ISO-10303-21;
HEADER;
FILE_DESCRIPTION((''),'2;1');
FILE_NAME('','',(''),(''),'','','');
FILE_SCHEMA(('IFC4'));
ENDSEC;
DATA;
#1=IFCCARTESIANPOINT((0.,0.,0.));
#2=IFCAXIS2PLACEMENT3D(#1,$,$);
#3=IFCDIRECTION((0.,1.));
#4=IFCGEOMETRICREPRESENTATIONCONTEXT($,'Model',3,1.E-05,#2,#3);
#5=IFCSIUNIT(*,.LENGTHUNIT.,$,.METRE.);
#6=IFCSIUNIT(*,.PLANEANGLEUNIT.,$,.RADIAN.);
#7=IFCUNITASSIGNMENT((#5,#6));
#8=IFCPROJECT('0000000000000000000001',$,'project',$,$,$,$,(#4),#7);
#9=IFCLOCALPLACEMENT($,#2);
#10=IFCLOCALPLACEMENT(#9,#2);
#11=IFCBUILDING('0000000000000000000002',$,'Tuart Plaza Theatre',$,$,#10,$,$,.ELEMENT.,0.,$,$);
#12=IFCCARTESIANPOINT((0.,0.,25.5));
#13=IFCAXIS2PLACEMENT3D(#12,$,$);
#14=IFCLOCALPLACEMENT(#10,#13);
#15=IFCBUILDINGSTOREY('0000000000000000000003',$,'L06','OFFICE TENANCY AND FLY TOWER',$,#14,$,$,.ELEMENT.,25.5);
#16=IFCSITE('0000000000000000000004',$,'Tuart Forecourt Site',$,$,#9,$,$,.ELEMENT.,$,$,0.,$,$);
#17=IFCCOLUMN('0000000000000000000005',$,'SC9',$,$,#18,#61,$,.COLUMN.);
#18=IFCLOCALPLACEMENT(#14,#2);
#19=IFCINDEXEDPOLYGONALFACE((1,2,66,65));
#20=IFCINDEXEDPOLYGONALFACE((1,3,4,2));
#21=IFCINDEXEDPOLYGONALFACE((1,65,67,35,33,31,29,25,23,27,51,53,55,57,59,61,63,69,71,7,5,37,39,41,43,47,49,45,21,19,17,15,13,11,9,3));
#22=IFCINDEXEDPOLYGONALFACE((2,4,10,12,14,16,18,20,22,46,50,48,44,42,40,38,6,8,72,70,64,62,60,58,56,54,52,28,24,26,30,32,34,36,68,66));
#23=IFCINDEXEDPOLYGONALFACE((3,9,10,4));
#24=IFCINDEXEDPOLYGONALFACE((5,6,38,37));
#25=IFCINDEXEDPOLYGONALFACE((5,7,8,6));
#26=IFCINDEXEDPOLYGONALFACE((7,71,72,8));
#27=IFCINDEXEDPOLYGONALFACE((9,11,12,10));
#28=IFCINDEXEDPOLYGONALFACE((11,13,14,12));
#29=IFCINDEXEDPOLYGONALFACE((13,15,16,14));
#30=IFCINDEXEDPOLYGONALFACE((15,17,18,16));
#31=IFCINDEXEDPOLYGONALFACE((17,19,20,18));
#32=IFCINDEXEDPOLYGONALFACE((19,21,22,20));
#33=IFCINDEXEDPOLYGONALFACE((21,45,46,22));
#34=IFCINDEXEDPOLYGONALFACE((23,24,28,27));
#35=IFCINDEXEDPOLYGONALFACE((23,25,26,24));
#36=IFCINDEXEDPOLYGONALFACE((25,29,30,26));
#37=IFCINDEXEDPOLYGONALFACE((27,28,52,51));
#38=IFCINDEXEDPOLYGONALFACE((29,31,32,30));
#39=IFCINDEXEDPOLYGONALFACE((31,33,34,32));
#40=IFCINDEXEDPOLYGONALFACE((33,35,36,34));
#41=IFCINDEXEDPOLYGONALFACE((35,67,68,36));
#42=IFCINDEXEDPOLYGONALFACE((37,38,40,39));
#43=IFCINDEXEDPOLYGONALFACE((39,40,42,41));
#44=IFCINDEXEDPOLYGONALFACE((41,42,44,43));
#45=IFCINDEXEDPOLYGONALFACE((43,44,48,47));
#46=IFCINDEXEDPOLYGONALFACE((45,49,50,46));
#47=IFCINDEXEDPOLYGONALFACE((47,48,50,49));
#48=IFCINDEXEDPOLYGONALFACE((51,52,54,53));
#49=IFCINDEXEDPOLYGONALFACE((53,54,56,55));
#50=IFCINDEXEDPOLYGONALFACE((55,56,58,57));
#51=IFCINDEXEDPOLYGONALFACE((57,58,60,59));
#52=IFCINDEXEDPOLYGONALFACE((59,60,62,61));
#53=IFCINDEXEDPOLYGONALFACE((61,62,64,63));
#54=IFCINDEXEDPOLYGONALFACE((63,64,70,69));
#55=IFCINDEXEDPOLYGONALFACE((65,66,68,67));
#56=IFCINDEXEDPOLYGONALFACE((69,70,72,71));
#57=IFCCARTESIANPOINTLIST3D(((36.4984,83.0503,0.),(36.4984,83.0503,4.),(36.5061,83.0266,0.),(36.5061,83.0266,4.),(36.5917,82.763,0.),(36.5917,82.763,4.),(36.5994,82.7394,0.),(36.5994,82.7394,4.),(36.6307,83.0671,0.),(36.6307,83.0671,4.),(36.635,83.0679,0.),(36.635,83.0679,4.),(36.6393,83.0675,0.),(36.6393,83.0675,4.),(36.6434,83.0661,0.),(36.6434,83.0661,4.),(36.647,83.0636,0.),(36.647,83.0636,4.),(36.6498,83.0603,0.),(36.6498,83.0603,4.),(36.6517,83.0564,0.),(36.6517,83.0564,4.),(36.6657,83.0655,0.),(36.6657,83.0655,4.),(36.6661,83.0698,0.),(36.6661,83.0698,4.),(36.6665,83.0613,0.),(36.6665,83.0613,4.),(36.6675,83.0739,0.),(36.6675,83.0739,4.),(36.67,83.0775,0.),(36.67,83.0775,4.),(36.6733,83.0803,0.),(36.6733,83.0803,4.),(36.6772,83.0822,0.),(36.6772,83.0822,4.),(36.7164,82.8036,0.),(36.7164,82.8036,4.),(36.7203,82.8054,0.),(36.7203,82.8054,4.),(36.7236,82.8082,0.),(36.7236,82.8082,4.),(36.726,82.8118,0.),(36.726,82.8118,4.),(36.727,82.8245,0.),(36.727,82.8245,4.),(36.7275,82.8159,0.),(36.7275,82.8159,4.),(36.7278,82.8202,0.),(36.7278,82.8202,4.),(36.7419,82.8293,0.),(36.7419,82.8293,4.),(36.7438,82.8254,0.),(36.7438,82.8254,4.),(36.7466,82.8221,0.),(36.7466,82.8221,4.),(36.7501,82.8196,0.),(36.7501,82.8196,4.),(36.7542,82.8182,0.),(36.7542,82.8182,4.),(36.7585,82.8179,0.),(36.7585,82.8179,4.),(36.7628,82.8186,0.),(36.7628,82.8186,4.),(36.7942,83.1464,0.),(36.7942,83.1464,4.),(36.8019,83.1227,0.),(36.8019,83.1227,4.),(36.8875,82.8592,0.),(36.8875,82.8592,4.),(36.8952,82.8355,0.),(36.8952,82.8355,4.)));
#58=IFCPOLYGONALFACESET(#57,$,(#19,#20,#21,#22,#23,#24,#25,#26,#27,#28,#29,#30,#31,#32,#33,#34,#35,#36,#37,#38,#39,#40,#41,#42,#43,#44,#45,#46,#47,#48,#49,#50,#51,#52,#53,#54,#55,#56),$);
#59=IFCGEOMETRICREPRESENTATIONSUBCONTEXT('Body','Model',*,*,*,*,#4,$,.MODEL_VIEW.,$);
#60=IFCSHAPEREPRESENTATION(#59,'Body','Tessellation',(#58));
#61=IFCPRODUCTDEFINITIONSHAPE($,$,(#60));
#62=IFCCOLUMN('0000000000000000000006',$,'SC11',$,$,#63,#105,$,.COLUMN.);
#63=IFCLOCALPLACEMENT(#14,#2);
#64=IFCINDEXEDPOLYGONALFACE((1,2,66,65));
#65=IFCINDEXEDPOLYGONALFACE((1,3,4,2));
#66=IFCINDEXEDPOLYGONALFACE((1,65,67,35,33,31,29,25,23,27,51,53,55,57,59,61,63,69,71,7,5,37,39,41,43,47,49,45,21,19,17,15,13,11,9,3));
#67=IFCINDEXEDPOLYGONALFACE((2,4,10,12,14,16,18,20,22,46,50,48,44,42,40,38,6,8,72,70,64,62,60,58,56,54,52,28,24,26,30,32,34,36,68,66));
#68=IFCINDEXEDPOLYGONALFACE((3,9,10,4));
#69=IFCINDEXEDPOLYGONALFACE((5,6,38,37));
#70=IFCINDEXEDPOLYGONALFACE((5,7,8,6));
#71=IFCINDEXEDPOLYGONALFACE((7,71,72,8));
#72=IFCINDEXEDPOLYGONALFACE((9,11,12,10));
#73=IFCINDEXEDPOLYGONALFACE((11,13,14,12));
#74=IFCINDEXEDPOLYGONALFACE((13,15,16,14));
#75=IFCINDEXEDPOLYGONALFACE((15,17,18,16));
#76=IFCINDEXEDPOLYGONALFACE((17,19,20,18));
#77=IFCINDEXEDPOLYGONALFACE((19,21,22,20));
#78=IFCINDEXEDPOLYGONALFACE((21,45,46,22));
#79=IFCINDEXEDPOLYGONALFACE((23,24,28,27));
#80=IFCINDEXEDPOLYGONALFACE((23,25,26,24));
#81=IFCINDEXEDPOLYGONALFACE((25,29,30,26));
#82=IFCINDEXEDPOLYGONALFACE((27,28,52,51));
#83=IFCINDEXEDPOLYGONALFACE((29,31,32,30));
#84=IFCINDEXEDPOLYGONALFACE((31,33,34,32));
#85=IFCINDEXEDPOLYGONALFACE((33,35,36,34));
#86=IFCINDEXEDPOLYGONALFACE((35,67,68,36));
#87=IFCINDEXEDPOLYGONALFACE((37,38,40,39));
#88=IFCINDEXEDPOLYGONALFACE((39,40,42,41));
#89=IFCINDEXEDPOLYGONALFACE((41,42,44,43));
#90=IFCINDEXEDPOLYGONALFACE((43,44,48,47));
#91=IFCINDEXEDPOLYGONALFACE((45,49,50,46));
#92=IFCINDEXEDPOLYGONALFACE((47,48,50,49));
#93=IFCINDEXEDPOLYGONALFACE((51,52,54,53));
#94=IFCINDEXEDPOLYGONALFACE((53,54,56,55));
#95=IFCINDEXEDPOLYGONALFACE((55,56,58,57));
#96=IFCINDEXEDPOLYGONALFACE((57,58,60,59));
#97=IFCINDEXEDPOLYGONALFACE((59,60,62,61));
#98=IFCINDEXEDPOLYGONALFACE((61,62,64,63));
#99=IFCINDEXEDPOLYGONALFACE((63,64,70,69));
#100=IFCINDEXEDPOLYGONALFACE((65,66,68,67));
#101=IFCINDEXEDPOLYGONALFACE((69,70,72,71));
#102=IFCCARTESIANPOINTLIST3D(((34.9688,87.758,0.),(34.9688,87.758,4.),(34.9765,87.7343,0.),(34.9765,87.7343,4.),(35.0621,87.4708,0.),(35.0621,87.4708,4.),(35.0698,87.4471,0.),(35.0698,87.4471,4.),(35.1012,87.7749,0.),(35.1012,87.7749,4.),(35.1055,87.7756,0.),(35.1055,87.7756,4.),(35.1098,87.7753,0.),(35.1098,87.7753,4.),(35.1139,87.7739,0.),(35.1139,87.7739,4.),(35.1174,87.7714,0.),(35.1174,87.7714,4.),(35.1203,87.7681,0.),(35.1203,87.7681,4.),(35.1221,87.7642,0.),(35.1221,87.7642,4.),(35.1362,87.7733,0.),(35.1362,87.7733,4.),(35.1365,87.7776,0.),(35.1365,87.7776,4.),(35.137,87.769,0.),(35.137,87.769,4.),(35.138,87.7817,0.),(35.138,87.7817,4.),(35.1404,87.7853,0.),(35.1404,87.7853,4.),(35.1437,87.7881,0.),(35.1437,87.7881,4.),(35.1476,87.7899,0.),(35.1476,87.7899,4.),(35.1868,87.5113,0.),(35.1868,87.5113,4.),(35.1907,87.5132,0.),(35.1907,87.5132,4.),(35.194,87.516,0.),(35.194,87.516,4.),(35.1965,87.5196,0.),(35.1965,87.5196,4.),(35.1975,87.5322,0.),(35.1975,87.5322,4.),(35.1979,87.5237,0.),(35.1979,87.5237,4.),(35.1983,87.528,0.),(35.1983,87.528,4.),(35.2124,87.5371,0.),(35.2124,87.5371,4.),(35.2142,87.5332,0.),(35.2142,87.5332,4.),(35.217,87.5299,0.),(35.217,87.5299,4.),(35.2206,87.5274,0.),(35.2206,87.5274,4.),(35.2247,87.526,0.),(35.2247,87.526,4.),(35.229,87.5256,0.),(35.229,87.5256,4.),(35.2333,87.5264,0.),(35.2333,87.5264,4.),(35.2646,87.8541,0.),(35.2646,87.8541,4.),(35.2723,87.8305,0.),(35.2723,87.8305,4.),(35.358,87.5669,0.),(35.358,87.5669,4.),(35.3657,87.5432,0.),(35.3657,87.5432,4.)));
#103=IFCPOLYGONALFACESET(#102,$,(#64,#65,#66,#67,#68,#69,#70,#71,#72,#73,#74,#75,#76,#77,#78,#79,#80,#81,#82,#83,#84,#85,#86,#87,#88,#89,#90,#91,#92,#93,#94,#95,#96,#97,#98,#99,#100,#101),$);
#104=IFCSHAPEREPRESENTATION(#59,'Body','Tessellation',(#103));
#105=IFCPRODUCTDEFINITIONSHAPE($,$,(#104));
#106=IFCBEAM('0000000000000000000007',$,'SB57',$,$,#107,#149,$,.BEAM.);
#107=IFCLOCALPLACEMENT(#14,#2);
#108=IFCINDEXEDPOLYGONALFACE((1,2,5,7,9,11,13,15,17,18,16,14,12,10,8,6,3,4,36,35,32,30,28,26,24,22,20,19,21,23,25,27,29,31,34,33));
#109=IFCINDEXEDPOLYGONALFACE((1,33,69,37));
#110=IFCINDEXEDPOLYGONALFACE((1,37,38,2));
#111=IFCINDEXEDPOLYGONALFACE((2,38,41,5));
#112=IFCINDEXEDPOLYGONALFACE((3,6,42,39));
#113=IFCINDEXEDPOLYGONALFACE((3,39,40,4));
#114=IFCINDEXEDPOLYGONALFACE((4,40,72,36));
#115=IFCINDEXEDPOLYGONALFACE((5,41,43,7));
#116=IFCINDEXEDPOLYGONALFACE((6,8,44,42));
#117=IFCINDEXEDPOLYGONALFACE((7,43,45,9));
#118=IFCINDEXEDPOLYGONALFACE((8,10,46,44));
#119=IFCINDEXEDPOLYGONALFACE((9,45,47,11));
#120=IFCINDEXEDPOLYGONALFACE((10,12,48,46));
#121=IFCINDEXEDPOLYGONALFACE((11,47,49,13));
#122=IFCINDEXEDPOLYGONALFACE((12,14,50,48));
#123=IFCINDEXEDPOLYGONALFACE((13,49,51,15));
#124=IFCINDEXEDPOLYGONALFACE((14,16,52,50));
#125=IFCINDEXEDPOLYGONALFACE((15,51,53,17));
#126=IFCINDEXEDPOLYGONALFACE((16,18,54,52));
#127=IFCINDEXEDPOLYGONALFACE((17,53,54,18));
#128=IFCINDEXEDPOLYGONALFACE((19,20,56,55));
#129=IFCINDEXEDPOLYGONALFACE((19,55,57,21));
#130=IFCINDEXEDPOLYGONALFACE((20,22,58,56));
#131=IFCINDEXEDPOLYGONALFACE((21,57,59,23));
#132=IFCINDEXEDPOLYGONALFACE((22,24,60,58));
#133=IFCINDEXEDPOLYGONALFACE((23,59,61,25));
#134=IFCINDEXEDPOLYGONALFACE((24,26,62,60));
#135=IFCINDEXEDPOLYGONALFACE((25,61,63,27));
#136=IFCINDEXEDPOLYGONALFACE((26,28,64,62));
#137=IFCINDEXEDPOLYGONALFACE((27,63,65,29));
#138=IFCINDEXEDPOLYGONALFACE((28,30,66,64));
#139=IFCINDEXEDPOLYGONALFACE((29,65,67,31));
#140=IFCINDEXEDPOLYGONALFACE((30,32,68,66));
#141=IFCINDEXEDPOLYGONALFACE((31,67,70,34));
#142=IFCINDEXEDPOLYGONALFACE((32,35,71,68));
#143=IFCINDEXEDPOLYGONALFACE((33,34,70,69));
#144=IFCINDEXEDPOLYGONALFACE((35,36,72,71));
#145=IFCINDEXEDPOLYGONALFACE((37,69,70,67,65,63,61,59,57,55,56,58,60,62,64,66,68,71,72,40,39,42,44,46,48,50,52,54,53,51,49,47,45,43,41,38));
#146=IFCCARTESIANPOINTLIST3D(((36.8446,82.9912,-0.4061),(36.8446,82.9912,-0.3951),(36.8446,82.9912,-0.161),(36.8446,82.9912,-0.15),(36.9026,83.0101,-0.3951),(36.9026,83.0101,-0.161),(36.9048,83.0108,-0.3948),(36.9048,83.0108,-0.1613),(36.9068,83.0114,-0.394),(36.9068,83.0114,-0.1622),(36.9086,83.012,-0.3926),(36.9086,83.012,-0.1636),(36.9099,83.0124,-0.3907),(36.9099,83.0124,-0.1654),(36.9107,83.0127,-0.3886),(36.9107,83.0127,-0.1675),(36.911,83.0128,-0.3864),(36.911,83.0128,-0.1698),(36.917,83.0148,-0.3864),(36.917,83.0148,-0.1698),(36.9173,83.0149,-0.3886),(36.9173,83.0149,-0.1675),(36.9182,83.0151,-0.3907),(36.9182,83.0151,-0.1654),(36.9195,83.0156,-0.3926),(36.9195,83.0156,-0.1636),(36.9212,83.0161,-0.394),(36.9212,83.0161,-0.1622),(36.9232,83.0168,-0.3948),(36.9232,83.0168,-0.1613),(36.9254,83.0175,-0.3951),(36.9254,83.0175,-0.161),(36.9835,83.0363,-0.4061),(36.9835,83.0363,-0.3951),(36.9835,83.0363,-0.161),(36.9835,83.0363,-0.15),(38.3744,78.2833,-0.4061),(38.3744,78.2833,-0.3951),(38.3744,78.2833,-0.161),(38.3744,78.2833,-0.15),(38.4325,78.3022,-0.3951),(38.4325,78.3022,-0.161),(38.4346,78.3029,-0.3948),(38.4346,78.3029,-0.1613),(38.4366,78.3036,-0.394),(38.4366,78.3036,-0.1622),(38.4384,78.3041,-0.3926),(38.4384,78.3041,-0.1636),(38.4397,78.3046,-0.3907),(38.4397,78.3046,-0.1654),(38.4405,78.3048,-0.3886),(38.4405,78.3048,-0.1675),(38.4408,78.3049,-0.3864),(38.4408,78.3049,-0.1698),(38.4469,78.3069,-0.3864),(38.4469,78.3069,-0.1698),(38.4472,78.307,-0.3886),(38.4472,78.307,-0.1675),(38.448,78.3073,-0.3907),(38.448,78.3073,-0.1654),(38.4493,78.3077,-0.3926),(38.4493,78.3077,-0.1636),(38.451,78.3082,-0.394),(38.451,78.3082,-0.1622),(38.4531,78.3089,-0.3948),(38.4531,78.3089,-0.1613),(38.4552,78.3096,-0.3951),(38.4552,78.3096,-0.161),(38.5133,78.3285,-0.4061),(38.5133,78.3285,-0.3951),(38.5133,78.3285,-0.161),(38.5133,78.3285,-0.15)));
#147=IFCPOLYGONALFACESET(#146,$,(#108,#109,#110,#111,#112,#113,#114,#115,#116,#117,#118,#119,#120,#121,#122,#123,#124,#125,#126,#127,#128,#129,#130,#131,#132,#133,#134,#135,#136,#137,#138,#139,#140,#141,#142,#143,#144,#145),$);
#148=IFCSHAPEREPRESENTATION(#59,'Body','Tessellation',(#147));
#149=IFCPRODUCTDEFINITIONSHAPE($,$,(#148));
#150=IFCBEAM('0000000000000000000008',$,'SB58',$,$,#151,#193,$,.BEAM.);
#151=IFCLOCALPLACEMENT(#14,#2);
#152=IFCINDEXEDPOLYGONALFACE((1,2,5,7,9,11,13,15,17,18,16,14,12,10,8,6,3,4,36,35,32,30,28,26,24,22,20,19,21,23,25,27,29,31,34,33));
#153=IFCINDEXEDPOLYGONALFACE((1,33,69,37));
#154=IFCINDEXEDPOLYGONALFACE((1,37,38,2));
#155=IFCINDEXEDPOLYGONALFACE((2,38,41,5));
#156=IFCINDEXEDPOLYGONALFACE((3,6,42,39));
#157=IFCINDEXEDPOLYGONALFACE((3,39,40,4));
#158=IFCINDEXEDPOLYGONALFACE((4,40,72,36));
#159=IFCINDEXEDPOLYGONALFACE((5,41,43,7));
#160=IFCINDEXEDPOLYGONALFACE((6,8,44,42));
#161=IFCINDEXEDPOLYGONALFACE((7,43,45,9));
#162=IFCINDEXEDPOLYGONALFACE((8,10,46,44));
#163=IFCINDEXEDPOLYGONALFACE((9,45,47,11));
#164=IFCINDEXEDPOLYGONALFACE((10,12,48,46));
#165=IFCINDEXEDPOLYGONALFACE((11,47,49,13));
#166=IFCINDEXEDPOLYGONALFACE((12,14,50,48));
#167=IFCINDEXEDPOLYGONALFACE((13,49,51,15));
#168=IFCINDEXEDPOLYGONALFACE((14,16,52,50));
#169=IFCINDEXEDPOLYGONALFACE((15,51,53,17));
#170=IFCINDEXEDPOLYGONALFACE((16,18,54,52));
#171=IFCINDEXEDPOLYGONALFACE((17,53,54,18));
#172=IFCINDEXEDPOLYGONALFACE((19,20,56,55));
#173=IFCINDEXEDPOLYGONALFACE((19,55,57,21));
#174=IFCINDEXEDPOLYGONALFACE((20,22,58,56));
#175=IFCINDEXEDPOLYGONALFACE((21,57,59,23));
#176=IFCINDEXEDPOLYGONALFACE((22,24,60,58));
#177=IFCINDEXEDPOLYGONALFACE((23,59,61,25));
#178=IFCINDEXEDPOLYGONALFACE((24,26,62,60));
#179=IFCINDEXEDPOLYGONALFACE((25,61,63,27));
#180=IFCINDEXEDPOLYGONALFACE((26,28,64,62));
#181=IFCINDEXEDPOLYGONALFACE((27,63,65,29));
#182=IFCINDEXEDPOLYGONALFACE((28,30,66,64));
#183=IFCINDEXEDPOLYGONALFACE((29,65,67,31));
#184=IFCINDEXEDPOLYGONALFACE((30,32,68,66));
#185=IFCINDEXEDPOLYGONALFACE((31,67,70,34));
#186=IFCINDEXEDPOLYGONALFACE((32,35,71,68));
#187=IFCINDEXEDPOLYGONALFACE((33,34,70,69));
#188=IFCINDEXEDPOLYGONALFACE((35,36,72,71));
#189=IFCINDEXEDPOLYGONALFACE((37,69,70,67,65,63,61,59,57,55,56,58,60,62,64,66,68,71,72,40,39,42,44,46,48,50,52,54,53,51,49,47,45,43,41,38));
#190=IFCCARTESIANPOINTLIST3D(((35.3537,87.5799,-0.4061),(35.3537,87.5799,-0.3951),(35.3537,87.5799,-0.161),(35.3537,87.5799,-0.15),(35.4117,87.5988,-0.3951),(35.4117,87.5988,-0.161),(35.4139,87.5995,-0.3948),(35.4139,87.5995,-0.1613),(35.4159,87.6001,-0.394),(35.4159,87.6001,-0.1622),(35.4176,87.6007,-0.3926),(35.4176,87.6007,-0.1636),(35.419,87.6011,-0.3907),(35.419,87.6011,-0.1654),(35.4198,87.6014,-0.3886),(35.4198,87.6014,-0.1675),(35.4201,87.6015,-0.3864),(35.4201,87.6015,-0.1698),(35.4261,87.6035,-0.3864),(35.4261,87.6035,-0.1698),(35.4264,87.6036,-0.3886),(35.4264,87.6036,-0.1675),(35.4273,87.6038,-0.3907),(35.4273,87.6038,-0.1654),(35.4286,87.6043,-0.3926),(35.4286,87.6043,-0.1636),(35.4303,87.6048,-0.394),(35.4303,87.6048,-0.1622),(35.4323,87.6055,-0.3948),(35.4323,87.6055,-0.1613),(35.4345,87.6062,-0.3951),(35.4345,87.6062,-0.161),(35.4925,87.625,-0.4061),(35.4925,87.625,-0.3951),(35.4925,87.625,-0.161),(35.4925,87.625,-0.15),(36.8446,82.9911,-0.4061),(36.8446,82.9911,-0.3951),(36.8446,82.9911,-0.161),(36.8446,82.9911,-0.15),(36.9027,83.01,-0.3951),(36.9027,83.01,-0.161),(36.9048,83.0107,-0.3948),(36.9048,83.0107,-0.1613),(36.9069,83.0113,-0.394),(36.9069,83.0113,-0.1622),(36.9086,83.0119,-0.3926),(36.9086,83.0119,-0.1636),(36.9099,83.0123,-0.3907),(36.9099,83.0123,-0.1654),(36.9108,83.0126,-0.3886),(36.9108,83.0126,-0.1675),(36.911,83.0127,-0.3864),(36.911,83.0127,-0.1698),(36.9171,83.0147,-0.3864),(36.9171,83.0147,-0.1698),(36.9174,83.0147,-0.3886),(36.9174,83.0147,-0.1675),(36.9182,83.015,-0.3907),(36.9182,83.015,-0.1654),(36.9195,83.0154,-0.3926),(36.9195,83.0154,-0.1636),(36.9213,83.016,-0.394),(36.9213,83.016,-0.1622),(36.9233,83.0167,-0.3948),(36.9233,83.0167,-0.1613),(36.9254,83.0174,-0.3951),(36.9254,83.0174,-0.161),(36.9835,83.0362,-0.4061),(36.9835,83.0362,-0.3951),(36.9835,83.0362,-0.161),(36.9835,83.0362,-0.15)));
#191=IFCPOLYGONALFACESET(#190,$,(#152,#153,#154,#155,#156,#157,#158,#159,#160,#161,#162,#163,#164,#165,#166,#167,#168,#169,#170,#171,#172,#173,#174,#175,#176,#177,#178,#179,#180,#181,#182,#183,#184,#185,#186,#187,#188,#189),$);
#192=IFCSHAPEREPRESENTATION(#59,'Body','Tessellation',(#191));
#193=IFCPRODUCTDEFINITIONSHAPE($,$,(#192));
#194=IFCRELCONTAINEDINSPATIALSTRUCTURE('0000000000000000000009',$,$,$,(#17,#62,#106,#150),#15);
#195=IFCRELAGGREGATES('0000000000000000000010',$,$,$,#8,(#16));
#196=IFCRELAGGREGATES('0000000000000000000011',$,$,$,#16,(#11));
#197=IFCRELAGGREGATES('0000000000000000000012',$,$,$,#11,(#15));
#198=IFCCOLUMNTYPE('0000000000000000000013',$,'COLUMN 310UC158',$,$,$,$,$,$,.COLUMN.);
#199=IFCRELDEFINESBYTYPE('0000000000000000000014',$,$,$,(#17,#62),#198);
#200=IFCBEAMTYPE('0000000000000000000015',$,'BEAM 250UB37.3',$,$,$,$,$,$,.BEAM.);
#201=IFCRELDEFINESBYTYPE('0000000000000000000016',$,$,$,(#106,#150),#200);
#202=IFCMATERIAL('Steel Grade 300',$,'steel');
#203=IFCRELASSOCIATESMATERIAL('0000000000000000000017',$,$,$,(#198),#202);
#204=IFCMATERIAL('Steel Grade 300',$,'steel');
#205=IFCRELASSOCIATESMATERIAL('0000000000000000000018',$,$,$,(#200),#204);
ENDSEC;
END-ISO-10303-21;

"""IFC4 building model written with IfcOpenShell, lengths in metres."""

from ifc_helpers import new_model, si_unit, direction, frame, origin, origin_2d, place, context, subcontext, project, spatial, i_section, extrude, material, material_profile, profile_set, type_object, element, save


model = new_model("IFC4")

# Units and contexts
model_context = context("Model", 3, precision=1e-05, world=origin(), true_north=direction((0.0, 1.0)))
body_context = subcontext(model_context, "Body", "Model", "MODEL_VIEW")
ifc_project = project(units=[si_unit("LENGTHUNIT", "METRE"), si_unit("PLANEANGLEUNIT", "RADIAN")], contexts=[model_context])

# Site, building, storey
site_placement = place(None, origin())
site = spatial("IfcSite", under=ifc_project, at=site_placement, Name="Tuart Forecourt Site", CompositionType="ELEMENT", RefElevation=0.0)
building_placement = place(site_placement, origin())
building = spatial("IfcBuilding", under=site, at=building_placement, Name="Tuart Plaza Theatre", CompositionType="ELEMENT", ElevationOfRefHeight=0.0)
storey_placement = place(building_placement, frame((0.0, 0.0, 25.5)))
storey = spatial("IfcBuildingStorey", under=building, at=storey_placement, Name="L06", Description="OFFICE TENANCY AND FLY TOWER", CompositionType="ELEMENT", Elevation=25.5)

# Columns
ifc_material_1 = material(Name="Steel Grade 300", Category="steel")
ifc_material_profile_1 = material_profile(ifc_material_1, i_section(OverallWidth=0.311, OverallDepth=0.3269, WebThickness=0.0156, FlangeThickness=0.0249, FilletRadius=0.0166, at=origin_2d()), Name="310UC158")
ifc_profile_set_1 = profile_set([ifc_material_profile_1], Name="Steel Grade 300")
column_type = type_object("IfcColumnType", Name="COLUMN 310UC158", PredefinedType="COLUMN", material=ifc_profile_set_1)
for number, where, z_axis, x_axis, name in (
    (1, (36.6968, 82.9429, 0.0), (0.0, 0.0, 1.0), (0.951057, 0.309017, 0.0), "SC9"),
    (2, (35.1672, 87.6506, 0.0), (0.0, 0.0, 1.0), (0.951057, 0.309017, 0.0), "SC11"),
):
    element("IfcColumn", number, at=place(storey_placement, frame(where, z_axis=z_axis, x_axis=x_axis)), inside=storey, type_object=column_type, Name=name, PredefinedType="COLUMN", context=body_context, shape_type="SweptSolid", body=[
        extrude(i_section(OverallWidth=0.311, OverallDepth=0.3269, WebThickness=0.0156, FlangeThickness=0.0249, FilletRadius=0.0166, at=origin_2d()), origin(), (0.0, 0.0, 1.0), 4.0),
    ])

# Beams
ifc_material_2 = material(Name="Steel Grade 300", Category="steel")
ifc_material_profile_2 = material_profile(ifc_material_2, i_section(OverallWidth=0.146, OverallDepth=0.2561, WebThickness=0.0063, FlangeThickness=0.011, FilletRadius=0.0088, at=origin_2d()), Name="250UB37.3")
ifc_profile_set_2 = profile_set([ifc_material_profile_2], Name="Steel Grade 300")
beam_type = type_object("IfcBeamType", Name="BEAM 250UB37.3", PredefinedType="BEAM", material=ifc_profile_set_2)
beam_1_placement = place(storey_placement, frame((38.4438, 78.3059, -0.2781), z_axis=(-0.309043, 0.951048, 0.0), x_axis=(-0.951048, -0.309043, 0.0)))
element("IfcBeam", 3, at=beam_1_placement, inside=storey, type_object=beam_type, Name="SB57", PredefinedType="BEAM", context=body_context, shape_type="SweptSolid", body=[
    extrude(i_section(OverallWidth=0.146, OverallDepth=0.2561, WebThickness=0.0063, FlangeThickness=0.011, FilletRadius=0.0088, at=origin_2d()), origin(), (0.0, 0.0, 1.0), 4.9502),
])
beam_2_placement = place(storey_placement, frame((36.9141, 83.0137, -0.2781), z_axis=(-0.309008, 0.951059, 0.0), x_axis=(-0.951059, -0.309008, 0.0)))
element("IfcBeam", 4, at=beam_2_placement, inside=storey, type_object=beam_type, Name="SB58", PredefinedType="BEAM", context=body_context, shape_type="SweptSolid", body=[
    extrude(i_section(OverallWidth=0.146, OverallDepth=0.2561, WebThickness=0.0063, FlangeThickness=0.011, FilletRadius=0.0088, at=origin_2d()), origin(), (0.0, 0.0, 1.0), 4.825),
])

save(model, "model.ifc")
